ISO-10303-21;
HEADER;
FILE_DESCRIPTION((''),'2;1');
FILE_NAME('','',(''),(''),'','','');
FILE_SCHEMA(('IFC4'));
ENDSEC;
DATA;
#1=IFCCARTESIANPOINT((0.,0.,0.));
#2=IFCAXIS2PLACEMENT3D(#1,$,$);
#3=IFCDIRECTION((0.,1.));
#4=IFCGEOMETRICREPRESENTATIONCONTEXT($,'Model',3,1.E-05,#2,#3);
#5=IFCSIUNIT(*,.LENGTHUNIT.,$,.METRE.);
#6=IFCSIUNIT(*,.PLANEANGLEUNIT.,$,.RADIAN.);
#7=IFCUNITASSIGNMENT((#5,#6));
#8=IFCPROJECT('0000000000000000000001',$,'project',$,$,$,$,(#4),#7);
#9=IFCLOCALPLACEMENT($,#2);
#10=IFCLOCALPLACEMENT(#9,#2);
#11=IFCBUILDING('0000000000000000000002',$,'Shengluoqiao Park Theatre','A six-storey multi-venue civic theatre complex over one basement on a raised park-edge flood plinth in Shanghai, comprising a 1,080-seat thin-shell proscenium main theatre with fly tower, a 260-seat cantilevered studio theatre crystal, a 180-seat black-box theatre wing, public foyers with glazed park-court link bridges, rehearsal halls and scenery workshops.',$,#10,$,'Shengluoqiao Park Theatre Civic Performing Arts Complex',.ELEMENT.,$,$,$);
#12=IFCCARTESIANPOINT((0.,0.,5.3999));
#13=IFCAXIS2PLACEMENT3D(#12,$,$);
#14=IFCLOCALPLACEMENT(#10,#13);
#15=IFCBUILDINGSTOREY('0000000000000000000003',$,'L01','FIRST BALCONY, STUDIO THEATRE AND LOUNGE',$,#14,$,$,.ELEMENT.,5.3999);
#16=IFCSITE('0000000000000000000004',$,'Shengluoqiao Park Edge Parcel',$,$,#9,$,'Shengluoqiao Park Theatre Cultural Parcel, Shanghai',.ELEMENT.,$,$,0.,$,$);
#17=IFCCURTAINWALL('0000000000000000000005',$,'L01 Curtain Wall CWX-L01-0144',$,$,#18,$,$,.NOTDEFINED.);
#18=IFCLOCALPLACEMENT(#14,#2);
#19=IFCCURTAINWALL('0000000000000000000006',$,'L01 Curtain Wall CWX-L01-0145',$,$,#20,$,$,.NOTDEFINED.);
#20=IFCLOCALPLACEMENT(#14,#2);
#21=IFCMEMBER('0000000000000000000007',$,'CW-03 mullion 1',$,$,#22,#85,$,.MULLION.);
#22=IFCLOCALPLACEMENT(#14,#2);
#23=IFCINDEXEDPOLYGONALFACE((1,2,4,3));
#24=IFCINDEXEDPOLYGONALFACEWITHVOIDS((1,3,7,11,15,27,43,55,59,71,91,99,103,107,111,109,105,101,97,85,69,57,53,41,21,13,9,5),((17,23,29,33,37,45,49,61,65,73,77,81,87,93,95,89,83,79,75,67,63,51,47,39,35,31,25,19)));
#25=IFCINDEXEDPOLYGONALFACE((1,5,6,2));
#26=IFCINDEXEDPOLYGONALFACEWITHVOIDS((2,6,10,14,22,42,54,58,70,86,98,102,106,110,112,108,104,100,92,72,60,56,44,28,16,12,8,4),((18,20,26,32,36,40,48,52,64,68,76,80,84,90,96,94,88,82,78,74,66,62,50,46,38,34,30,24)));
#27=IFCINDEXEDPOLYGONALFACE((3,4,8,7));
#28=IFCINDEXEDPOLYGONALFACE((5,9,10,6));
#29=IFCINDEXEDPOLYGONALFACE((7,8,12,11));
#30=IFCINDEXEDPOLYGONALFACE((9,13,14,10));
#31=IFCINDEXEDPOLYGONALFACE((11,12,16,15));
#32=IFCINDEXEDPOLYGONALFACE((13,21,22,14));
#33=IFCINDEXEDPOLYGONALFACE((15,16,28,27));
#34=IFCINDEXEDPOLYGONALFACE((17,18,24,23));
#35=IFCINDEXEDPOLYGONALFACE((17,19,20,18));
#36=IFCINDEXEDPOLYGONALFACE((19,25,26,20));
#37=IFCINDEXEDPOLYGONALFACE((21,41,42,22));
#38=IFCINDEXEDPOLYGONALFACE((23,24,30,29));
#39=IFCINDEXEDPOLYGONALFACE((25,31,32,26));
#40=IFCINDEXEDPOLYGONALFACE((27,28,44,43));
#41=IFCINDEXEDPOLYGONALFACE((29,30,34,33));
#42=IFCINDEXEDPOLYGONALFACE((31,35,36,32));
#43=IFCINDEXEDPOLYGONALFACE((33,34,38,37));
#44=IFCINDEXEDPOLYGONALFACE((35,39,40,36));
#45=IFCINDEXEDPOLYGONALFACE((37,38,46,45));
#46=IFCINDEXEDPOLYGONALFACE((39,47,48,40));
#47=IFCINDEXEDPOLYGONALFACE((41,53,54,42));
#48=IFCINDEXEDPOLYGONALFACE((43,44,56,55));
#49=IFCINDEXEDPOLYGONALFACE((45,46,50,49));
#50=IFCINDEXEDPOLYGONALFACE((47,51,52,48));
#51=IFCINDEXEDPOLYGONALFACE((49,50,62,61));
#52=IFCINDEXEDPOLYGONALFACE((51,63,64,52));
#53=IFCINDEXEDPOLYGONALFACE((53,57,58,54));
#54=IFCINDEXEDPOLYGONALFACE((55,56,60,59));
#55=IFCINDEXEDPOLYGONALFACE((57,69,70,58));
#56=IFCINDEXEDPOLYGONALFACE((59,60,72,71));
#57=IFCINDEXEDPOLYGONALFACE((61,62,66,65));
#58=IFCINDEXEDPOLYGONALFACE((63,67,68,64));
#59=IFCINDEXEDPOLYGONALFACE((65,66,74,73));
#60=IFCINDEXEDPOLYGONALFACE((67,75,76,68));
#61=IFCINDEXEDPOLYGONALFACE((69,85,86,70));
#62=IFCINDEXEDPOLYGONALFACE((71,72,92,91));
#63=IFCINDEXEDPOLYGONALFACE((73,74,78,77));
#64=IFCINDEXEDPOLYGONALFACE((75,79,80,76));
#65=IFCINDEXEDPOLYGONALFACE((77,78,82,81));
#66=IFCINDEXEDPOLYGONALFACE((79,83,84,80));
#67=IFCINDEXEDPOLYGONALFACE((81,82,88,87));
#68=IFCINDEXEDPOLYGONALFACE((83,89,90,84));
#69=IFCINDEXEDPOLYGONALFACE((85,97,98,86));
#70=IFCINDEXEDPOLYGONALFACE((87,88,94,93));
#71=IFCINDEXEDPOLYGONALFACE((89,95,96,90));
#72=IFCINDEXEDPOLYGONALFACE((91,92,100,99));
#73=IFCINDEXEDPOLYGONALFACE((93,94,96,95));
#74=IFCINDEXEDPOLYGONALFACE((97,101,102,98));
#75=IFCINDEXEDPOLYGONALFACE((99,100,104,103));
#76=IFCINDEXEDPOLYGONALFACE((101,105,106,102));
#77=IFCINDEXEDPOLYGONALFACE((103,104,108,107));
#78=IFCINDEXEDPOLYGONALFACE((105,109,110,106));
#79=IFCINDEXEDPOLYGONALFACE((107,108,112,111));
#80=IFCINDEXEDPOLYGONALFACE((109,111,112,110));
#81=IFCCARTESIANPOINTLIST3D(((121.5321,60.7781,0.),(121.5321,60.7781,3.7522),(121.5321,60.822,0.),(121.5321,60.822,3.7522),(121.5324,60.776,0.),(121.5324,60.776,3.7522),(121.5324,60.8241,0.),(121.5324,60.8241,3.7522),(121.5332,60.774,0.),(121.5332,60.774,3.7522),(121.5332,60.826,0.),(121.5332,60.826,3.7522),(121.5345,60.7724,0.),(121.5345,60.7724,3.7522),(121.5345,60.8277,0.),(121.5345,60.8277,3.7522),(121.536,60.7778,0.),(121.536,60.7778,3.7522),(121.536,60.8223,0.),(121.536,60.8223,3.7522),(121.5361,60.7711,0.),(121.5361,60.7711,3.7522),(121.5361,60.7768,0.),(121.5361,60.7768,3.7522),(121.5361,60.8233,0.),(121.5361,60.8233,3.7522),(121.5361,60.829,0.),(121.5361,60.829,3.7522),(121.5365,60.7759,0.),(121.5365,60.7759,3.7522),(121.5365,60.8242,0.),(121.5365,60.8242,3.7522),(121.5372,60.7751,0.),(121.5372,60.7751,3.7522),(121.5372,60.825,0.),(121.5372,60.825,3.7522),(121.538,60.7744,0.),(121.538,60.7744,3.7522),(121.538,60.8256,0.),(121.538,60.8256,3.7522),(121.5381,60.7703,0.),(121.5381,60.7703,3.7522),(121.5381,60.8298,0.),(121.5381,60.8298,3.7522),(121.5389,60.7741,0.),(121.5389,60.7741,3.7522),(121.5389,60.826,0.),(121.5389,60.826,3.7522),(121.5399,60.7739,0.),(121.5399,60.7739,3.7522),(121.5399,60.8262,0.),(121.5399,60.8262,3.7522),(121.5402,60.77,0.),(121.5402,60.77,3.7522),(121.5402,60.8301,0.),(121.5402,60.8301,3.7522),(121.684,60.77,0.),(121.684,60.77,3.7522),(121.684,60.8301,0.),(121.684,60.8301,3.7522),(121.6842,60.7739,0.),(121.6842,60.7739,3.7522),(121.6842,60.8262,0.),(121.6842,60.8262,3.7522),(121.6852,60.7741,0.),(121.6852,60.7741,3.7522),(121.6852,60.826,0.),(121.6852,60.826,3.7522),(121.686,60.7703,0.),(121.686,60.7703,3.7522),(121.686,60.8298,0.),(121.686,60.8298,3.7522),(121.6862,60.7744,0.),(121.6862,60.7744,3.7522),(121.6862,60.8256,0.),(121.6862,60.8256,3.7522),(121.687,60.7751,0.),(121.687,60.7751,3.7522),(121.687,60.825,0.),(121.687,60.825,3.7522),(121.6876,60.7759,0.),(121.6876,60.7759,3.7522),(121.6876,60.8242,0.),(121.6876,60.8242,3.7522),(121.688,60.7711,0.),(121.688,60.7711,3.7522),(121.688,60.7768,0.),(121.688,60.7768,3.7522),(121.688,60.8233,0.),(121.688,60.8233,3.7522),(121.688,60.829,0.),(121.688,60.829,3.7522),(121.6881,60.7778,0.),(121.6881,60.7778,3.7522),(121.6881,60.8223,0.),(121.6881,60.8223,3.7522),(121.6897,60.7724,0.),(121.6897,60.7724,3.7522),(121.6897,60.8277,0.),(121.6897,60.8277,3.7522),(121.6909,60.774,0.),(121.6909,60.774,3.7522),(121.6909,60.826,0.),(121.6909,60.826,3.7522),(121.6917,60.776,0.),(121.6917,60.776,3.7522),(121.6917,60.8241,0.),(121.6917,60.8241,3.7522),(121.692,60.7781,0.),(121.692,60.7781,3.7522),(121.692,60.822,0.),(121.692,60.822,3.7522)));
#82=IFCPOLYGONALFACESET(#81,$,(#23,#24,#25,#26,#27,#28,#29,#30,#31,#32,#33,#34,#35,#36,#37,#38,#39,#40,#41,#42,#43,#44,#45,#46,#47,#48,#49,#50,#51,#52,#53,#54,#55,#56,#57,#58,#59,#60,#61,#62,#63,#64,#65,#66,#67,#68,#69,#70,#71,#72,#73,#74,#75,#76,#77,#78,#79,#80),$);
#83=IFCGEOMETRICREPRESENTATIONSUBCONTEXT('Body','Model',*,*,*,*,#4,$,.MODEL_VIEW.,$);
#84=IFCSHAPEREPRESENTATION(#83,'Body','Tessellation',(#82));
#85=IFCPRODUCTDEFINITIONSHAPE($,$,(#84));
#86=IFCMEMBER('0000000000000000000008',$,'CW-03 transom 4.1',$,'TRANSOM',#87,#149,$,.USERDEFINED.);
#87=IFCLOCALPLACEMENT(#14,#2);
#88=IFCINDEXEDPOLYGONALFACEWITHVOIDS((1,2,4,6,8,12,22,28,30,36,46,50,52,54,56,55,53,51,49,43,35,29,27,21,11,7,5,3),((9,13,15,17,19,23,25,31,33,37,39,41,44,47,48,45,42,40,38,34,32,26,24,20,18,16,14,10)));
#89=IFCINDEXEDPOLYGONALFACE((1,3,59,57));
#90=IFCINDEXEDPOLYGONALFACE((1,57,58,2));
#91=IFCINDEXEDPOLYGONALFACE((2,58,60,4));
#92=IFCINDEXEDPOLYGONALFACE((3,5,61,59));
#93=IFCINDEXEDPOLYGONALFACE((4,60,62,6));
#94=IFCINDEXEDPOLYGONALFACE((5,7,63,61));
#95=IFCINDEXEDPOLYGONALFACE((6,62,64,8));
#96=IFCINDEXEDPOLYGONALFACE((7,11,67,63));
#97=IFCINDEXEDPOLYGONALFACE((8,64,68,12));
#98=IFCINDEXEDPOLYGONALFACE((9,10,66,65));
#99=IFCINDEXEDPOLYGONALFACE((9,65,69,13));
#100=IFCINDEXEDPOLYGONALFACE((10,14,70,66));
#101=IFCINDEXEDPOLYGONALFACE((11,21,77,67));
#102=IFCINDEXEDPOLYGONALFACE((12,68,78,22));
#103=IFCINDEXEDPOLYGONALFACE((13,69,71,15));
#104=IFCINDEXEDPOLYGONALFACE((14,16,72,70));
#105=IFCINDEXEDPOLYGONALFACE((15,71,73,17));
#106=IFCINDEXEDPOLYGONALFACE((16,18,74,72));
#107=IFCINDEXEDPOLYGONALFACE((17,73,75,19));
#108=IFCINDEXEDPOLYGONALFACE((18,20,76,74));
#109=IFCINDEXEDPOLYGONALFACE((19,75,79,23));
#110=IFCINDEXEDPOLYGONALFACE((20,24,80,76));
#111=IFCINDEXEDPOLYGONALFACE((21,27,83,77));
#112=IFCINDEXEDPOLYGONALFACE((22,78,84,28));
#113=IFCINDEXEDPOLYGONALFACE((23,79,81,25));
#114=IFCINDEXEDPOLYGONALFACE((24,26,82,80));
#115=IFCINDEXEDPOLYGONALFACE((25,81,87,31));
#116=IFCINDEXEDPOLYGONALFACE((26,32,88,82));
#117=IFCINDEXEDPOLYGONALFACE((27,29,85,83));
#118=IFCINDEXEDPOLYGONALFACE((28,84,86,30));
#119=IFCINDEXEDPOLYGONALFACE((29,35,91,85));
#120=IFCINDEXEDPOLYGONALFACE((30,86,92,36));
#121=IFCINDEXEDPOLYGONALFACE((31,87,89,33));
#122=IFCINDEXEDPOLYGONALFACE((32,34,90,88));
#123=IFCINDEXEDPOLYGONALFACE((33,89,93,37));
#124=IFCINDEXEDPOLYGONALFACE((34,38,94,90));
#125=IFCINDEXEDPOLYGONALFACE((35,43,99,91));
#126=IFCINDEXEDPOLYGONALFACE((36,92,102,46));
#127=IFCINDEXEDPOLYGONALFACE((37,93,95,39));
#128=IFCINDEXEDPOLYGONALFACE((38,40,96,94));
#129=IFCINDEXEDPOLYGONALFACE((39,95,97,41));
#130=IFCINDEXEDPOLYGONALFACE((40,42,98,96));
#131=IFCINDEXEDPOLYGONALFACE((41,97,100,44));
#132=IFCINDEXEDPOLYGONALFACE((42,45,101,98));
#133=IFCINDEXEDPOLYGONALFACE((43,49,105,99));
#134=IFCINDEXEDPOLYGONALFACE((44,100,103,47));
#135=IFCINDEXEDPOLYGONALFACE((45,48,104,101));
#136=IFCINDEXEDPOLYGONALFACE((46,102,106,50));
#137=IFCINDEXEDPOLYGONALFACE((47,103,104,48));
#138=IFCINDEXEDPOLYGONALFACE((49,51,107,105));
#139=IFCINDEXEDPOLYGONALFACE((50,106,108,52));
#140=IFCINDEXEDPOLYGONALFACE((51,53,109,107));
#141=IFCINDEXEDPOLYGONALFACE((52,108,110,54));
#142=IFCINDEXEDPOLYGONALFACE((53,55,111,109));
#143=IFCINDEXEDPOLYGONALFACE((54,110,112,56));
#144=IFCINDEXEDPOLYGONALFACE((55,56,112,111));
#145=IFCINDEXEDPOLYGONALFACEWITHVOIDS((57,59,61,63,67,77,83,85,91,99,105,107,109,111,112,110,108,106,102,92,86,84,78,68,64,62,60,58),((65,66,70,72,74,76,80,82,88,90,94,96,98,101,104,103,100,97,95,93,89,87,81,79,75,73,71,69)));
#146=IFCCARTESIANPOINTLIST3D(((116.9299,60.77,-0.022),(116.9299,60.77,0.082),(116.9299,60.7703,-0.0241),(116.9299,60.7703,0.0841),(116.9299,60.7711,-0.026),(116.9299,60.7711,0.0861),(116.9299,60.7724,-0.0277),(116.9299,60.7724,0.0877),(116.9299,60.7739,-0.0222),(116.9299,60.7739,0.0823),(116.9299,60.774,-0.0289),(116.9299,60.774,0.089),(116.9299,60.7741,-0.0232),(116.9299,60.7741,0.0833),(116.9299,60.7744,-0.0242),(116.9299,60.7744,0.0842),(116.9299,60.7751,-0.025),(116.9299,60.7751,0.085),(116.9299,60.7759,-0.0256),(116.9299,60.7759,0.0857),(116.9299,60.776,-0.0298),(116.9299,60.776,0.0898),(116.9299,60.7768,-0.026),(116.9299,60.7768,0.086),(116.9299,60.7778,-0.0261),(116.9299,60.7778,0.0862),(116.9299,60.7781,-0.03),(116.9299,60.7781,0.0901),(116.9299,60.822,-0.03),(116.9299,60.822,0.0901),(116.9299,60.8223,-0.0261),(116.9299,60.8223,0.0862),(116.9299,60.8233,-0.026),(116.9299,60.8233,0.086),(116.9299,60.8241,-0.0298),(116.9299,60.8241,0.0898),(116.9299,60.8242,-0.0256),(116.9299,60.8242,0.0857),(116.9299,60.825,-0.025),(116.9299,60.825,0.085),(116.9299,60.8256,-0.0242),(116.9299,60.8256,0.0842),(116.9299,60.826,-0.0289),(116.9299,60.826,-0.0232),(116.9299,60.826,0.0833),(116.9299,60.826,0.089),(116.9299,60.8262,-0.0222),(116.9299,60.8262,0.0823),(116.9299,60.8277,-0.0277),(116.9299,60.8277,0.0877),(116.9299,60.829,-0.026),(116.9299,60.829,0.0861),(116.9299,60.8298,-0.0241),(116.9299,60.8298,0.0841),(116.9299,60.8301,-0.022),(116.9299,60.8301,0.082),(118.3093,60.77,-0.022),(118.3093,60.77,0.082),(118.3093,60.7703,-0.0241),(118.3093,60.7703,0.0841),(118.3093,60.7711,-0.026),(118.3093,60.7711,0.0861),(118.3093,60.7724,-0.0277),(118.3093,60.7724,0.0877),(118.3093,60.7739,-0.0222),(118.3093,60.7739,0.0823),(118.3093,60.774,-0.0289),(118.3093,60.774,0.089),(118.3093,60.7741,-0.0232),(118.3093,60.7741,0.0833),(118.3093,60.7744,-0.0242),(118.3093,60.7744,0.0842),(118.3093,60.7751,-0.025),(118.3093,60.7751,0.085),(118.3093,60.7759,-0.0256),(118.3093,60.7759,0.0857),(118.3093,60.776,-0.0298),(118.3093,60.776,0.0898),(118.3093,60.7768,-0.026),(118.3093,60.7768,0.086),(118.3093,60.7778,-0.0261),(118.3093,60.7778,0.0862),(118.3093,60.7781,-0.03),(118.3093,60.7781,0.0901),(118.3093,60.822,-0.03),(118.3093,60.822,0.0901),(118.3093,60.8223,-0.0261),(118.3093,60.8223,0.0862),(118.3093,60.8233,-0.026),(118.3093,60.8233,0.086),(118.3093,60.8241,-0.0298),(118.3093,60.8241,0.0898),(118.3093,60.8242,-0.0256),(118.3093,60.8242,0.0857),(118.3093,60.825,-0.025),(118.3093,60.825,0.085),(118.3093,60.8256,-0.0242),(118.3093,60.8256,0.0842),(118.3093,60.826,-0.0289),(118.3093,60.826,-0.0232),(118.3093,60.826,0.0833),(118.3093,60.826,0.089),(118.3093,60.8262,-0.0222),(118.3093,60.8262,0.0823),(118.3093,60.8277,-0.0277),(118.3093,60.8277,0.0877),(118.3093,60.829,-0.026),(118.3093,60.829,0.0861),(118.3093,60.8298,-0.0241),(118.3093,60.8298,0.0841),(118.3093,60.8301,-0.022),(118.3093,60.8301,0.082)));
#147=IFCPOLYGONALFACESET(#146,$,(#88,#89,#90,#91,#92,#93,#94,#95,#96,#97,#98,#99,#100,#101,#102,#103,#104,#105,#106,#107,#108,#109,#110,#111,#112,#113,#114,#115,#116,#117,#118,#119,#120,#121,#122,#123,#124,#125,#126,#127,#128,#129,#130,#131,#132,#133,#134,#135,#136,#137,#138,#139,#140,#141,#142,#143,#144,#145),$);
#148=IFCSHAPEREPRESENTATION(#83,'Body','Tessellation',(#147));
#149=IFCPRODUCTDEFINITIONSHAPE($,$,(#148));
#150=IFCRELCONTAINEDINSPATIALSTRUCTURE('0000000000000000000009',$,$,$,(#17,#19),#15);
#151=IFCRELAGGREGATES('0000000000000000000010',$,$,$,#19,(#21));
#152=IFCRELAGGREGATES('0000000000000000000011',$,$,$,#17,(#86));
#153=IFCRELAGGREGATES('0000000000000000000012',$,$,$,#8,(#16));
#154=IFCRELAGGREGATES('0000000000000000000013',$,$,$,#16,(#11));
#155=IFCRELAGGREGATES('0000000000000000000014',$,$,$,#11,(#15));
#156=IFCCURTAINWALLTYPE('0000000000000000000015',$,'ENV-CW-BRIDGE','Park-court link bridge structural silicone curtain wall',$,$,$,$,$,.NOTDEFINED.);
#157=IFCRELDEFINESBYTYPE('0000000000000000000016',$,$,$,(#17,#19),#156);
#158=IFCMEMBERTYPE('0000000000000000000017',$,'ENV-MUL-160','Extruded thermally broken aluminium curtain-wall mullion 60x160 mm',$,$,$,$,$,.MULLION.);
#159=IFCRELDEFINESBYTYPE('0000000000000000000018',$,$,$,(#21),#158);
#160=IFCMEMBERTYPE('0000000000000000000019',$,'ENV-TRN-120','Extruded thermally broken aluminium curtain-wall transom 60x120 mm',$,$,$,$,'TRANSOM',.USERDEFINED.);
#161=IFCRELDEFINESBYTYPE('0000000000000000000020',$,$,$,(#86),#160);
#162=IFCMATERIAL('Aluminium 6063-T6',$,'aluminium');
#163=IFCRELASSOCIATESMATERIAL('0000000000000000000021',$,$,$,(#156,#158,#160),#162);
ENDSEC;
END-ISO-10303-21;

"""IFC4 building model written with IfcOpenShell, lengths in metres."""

from ifc_helpers import new_model, si_unit, direction, frame, origin, origin_2d, place, context, subcontext, project, spatial, hollow_rectangle, extrude, material, material_profile, profile_set, type_object, element, aggregate, save


model = new_model("IFC4")

# Units and contexts
model_context = context("Model", 3, precision=1e-05, world=origin(), true_north=direction((0.0, 1.0)))
body_context = subcontext(model_context, "Body", "Model", "MODEL_VIEW")
ifc_project = project(units=[si_unit("LENGTHUNIT", "METRE"), si_unit("PLANEANGLEUNIT", "RADIAN")], contexts=[model_context])

# Site, building, storey
site_placement = place(None, origin())
site = spatial("IfcSite", under=ifc_project, at=site_placement, Name="Shengluoqiao Park Edge Parcel", LongName="Shengluoqiao Park Theatre Cultural Parcel, Shanghai", CompositionType="ELEMENT", RefElevation=0.0)
building_placement = place(site_placement, origin())
building = spatial("IfcBuilding", under=site, at=building_placement, Name="Shengluoqiao Park Theatre", Description="A six-storey multi-venue civic theatre complex over one basement on a raised park-edge flood plinth in Shanghai, comprising a 1,080-seat thin-shell proscenium main theatre with fly tower, a 260-seat cantilevered studio theatre crystal, a 180-seat black-box theatre wing, public foyers with glazed park-court link bridges, rehearsal halls and scenery workshops.", LongName="Shengluoqiao Park Theatre Civic Performing Arts Complex", CompositionType="ELEMENT")
storey_placement = place(building_placement, frame((0.0, 0.0, 5.3999)))
storey = spatial("IfcBuildingStorey", under=building, at=storey_placement, Name="L01", Description="FIRST BALCONY, STUDIO THEATRE AND LOUNGE", CompositionType="ELEMENT", Elevation=5.3999)

# Curtain wall
ifc_material_1 = material(Name="Aluminium 6063-T6", Category="aluminium")
curtain_wall_type = type_object("IfcCurtainWallType", Name="ENV-CW-BRIDGE", Description="Park-court link bridge structural silicone curtain wall", PredefinedType="NOTDEFINED", material=ifc_material_1)
curtain_wall_1_placement = place(storey_placement, origin())
curtain_wall_1 = element("IfcCurtainWall", 1, at=curtain_wall_1_placement, inside=storey, type_object=curtain_wall_type, Name="L01 Curtain Wall CWX-L01-0144", PredefinedType="NOTDEFINED")
ifc_material_profile_1 = material_profile(ifc_material_1, hollow_rectangle(XDim=0.0601, YDim=0.1599, WallThickness=0.0039, InnerFilletRadius=0.0039, OuterFilletRadius=0.0081, at=origin_2d()), Name="ALU MULLION 160x60x4")
ifc_profile_set_1 = profile_set([ifc_material_profile_1], Name="Aluminium 6063-T6")
member_type_1 = type_object("IfcMemberType", Name="ENV-MUL-160", Description="Extruded thermally broken aluminium curtain-wall mullion 60x160 mm", PredefinedType="MULLION", material=ifc_profile_set_1)

# Curtain wall, member
curtain_wall_2_placement = place(storey_placement, origin())
curtain_wall_2 = element("IfcCurtainWall", 2, at=curtain_wall_2_placement, inside=storey, type_object=curtain_wall_type, Name="L01 Curtain Wall CWX-L01-0145", PredefinedType="NOTDEFINED")
member_1_placement = place(storey_placement, frame((121.6121, 60.8, 0.0), z_axis=(0.0, 0.0, 1.0), x_axis=(0.0, 1.0, 0.0)))
member_1 = element("IfcMember", 3, at=member_1_placement, type_object=member_type_1, Name="CW-03 mullion 1", PredefinedType="MULLION", context=body_context, shape_type="SweptSolid", body=[
    extrude(hollow_rectangle(XDim=0.0601, YDim=0.1599, WallThickness=0.0039, InnerFilletRadius=0.0039, OuterFilletRadius=0.0081, at=origin_2d()), origin(), (0.0, 0.0, 1.0), 3.7522),
])

# Member
ifc_material_profile_2 = material_profile(ifc_material_1, hollow_rectangle(XDim=0.0601, YDim=0.1201, WallThickness=0.0039, InnerFilletRadius=0.0039, OuterFilletRadius=0.0081, at=origin_2d()), Name="ALU TRANSOM 120x60x4")
ifc_profile_set_2 = profile_set([ifc_material_profile_2], Name="Aluminium 6063-T6")
member_type_2 = type_object("IfcMemberType", Name="ENV-TRN-120", Description="Extruded thermally broken aluminium curtain-wall transom 60x120 mm", ElementType="TRANSOM", PredefinedType="USERDEFINED", material=ifc_profile_set_2)
member_2_placement = place(storey_placement, frame((116.9299, 60.8, 0.03), z_axis=(1.0, 0.0, 0.0), x_axis=(0.0, 1.0, 0.0)))
member_2 = element("IfcMember", 4, at=member_2_placement, type_object=member_type_2, Name="CW-03 transom 4.1", ObjectType="TRANSOM", PredefinedType="USERDEFINED", context=body_context, shape_type="SweptSolid", body=[
    extrude(hollow_rectangle(XDim=0.0601, YDim=0.1201, WallThickness=0.0039, InnerFilletRadius=0.0039, OuterFilletRadius=0.0081, at=origin_2d()), origin(), (0.0, 0.0, 1.0), 1.3794),
])
aggregate(curtain_wall_2, [member_1])

aggregate(curtain_wall_1, [member_2])

save(model, "model.ifc")
